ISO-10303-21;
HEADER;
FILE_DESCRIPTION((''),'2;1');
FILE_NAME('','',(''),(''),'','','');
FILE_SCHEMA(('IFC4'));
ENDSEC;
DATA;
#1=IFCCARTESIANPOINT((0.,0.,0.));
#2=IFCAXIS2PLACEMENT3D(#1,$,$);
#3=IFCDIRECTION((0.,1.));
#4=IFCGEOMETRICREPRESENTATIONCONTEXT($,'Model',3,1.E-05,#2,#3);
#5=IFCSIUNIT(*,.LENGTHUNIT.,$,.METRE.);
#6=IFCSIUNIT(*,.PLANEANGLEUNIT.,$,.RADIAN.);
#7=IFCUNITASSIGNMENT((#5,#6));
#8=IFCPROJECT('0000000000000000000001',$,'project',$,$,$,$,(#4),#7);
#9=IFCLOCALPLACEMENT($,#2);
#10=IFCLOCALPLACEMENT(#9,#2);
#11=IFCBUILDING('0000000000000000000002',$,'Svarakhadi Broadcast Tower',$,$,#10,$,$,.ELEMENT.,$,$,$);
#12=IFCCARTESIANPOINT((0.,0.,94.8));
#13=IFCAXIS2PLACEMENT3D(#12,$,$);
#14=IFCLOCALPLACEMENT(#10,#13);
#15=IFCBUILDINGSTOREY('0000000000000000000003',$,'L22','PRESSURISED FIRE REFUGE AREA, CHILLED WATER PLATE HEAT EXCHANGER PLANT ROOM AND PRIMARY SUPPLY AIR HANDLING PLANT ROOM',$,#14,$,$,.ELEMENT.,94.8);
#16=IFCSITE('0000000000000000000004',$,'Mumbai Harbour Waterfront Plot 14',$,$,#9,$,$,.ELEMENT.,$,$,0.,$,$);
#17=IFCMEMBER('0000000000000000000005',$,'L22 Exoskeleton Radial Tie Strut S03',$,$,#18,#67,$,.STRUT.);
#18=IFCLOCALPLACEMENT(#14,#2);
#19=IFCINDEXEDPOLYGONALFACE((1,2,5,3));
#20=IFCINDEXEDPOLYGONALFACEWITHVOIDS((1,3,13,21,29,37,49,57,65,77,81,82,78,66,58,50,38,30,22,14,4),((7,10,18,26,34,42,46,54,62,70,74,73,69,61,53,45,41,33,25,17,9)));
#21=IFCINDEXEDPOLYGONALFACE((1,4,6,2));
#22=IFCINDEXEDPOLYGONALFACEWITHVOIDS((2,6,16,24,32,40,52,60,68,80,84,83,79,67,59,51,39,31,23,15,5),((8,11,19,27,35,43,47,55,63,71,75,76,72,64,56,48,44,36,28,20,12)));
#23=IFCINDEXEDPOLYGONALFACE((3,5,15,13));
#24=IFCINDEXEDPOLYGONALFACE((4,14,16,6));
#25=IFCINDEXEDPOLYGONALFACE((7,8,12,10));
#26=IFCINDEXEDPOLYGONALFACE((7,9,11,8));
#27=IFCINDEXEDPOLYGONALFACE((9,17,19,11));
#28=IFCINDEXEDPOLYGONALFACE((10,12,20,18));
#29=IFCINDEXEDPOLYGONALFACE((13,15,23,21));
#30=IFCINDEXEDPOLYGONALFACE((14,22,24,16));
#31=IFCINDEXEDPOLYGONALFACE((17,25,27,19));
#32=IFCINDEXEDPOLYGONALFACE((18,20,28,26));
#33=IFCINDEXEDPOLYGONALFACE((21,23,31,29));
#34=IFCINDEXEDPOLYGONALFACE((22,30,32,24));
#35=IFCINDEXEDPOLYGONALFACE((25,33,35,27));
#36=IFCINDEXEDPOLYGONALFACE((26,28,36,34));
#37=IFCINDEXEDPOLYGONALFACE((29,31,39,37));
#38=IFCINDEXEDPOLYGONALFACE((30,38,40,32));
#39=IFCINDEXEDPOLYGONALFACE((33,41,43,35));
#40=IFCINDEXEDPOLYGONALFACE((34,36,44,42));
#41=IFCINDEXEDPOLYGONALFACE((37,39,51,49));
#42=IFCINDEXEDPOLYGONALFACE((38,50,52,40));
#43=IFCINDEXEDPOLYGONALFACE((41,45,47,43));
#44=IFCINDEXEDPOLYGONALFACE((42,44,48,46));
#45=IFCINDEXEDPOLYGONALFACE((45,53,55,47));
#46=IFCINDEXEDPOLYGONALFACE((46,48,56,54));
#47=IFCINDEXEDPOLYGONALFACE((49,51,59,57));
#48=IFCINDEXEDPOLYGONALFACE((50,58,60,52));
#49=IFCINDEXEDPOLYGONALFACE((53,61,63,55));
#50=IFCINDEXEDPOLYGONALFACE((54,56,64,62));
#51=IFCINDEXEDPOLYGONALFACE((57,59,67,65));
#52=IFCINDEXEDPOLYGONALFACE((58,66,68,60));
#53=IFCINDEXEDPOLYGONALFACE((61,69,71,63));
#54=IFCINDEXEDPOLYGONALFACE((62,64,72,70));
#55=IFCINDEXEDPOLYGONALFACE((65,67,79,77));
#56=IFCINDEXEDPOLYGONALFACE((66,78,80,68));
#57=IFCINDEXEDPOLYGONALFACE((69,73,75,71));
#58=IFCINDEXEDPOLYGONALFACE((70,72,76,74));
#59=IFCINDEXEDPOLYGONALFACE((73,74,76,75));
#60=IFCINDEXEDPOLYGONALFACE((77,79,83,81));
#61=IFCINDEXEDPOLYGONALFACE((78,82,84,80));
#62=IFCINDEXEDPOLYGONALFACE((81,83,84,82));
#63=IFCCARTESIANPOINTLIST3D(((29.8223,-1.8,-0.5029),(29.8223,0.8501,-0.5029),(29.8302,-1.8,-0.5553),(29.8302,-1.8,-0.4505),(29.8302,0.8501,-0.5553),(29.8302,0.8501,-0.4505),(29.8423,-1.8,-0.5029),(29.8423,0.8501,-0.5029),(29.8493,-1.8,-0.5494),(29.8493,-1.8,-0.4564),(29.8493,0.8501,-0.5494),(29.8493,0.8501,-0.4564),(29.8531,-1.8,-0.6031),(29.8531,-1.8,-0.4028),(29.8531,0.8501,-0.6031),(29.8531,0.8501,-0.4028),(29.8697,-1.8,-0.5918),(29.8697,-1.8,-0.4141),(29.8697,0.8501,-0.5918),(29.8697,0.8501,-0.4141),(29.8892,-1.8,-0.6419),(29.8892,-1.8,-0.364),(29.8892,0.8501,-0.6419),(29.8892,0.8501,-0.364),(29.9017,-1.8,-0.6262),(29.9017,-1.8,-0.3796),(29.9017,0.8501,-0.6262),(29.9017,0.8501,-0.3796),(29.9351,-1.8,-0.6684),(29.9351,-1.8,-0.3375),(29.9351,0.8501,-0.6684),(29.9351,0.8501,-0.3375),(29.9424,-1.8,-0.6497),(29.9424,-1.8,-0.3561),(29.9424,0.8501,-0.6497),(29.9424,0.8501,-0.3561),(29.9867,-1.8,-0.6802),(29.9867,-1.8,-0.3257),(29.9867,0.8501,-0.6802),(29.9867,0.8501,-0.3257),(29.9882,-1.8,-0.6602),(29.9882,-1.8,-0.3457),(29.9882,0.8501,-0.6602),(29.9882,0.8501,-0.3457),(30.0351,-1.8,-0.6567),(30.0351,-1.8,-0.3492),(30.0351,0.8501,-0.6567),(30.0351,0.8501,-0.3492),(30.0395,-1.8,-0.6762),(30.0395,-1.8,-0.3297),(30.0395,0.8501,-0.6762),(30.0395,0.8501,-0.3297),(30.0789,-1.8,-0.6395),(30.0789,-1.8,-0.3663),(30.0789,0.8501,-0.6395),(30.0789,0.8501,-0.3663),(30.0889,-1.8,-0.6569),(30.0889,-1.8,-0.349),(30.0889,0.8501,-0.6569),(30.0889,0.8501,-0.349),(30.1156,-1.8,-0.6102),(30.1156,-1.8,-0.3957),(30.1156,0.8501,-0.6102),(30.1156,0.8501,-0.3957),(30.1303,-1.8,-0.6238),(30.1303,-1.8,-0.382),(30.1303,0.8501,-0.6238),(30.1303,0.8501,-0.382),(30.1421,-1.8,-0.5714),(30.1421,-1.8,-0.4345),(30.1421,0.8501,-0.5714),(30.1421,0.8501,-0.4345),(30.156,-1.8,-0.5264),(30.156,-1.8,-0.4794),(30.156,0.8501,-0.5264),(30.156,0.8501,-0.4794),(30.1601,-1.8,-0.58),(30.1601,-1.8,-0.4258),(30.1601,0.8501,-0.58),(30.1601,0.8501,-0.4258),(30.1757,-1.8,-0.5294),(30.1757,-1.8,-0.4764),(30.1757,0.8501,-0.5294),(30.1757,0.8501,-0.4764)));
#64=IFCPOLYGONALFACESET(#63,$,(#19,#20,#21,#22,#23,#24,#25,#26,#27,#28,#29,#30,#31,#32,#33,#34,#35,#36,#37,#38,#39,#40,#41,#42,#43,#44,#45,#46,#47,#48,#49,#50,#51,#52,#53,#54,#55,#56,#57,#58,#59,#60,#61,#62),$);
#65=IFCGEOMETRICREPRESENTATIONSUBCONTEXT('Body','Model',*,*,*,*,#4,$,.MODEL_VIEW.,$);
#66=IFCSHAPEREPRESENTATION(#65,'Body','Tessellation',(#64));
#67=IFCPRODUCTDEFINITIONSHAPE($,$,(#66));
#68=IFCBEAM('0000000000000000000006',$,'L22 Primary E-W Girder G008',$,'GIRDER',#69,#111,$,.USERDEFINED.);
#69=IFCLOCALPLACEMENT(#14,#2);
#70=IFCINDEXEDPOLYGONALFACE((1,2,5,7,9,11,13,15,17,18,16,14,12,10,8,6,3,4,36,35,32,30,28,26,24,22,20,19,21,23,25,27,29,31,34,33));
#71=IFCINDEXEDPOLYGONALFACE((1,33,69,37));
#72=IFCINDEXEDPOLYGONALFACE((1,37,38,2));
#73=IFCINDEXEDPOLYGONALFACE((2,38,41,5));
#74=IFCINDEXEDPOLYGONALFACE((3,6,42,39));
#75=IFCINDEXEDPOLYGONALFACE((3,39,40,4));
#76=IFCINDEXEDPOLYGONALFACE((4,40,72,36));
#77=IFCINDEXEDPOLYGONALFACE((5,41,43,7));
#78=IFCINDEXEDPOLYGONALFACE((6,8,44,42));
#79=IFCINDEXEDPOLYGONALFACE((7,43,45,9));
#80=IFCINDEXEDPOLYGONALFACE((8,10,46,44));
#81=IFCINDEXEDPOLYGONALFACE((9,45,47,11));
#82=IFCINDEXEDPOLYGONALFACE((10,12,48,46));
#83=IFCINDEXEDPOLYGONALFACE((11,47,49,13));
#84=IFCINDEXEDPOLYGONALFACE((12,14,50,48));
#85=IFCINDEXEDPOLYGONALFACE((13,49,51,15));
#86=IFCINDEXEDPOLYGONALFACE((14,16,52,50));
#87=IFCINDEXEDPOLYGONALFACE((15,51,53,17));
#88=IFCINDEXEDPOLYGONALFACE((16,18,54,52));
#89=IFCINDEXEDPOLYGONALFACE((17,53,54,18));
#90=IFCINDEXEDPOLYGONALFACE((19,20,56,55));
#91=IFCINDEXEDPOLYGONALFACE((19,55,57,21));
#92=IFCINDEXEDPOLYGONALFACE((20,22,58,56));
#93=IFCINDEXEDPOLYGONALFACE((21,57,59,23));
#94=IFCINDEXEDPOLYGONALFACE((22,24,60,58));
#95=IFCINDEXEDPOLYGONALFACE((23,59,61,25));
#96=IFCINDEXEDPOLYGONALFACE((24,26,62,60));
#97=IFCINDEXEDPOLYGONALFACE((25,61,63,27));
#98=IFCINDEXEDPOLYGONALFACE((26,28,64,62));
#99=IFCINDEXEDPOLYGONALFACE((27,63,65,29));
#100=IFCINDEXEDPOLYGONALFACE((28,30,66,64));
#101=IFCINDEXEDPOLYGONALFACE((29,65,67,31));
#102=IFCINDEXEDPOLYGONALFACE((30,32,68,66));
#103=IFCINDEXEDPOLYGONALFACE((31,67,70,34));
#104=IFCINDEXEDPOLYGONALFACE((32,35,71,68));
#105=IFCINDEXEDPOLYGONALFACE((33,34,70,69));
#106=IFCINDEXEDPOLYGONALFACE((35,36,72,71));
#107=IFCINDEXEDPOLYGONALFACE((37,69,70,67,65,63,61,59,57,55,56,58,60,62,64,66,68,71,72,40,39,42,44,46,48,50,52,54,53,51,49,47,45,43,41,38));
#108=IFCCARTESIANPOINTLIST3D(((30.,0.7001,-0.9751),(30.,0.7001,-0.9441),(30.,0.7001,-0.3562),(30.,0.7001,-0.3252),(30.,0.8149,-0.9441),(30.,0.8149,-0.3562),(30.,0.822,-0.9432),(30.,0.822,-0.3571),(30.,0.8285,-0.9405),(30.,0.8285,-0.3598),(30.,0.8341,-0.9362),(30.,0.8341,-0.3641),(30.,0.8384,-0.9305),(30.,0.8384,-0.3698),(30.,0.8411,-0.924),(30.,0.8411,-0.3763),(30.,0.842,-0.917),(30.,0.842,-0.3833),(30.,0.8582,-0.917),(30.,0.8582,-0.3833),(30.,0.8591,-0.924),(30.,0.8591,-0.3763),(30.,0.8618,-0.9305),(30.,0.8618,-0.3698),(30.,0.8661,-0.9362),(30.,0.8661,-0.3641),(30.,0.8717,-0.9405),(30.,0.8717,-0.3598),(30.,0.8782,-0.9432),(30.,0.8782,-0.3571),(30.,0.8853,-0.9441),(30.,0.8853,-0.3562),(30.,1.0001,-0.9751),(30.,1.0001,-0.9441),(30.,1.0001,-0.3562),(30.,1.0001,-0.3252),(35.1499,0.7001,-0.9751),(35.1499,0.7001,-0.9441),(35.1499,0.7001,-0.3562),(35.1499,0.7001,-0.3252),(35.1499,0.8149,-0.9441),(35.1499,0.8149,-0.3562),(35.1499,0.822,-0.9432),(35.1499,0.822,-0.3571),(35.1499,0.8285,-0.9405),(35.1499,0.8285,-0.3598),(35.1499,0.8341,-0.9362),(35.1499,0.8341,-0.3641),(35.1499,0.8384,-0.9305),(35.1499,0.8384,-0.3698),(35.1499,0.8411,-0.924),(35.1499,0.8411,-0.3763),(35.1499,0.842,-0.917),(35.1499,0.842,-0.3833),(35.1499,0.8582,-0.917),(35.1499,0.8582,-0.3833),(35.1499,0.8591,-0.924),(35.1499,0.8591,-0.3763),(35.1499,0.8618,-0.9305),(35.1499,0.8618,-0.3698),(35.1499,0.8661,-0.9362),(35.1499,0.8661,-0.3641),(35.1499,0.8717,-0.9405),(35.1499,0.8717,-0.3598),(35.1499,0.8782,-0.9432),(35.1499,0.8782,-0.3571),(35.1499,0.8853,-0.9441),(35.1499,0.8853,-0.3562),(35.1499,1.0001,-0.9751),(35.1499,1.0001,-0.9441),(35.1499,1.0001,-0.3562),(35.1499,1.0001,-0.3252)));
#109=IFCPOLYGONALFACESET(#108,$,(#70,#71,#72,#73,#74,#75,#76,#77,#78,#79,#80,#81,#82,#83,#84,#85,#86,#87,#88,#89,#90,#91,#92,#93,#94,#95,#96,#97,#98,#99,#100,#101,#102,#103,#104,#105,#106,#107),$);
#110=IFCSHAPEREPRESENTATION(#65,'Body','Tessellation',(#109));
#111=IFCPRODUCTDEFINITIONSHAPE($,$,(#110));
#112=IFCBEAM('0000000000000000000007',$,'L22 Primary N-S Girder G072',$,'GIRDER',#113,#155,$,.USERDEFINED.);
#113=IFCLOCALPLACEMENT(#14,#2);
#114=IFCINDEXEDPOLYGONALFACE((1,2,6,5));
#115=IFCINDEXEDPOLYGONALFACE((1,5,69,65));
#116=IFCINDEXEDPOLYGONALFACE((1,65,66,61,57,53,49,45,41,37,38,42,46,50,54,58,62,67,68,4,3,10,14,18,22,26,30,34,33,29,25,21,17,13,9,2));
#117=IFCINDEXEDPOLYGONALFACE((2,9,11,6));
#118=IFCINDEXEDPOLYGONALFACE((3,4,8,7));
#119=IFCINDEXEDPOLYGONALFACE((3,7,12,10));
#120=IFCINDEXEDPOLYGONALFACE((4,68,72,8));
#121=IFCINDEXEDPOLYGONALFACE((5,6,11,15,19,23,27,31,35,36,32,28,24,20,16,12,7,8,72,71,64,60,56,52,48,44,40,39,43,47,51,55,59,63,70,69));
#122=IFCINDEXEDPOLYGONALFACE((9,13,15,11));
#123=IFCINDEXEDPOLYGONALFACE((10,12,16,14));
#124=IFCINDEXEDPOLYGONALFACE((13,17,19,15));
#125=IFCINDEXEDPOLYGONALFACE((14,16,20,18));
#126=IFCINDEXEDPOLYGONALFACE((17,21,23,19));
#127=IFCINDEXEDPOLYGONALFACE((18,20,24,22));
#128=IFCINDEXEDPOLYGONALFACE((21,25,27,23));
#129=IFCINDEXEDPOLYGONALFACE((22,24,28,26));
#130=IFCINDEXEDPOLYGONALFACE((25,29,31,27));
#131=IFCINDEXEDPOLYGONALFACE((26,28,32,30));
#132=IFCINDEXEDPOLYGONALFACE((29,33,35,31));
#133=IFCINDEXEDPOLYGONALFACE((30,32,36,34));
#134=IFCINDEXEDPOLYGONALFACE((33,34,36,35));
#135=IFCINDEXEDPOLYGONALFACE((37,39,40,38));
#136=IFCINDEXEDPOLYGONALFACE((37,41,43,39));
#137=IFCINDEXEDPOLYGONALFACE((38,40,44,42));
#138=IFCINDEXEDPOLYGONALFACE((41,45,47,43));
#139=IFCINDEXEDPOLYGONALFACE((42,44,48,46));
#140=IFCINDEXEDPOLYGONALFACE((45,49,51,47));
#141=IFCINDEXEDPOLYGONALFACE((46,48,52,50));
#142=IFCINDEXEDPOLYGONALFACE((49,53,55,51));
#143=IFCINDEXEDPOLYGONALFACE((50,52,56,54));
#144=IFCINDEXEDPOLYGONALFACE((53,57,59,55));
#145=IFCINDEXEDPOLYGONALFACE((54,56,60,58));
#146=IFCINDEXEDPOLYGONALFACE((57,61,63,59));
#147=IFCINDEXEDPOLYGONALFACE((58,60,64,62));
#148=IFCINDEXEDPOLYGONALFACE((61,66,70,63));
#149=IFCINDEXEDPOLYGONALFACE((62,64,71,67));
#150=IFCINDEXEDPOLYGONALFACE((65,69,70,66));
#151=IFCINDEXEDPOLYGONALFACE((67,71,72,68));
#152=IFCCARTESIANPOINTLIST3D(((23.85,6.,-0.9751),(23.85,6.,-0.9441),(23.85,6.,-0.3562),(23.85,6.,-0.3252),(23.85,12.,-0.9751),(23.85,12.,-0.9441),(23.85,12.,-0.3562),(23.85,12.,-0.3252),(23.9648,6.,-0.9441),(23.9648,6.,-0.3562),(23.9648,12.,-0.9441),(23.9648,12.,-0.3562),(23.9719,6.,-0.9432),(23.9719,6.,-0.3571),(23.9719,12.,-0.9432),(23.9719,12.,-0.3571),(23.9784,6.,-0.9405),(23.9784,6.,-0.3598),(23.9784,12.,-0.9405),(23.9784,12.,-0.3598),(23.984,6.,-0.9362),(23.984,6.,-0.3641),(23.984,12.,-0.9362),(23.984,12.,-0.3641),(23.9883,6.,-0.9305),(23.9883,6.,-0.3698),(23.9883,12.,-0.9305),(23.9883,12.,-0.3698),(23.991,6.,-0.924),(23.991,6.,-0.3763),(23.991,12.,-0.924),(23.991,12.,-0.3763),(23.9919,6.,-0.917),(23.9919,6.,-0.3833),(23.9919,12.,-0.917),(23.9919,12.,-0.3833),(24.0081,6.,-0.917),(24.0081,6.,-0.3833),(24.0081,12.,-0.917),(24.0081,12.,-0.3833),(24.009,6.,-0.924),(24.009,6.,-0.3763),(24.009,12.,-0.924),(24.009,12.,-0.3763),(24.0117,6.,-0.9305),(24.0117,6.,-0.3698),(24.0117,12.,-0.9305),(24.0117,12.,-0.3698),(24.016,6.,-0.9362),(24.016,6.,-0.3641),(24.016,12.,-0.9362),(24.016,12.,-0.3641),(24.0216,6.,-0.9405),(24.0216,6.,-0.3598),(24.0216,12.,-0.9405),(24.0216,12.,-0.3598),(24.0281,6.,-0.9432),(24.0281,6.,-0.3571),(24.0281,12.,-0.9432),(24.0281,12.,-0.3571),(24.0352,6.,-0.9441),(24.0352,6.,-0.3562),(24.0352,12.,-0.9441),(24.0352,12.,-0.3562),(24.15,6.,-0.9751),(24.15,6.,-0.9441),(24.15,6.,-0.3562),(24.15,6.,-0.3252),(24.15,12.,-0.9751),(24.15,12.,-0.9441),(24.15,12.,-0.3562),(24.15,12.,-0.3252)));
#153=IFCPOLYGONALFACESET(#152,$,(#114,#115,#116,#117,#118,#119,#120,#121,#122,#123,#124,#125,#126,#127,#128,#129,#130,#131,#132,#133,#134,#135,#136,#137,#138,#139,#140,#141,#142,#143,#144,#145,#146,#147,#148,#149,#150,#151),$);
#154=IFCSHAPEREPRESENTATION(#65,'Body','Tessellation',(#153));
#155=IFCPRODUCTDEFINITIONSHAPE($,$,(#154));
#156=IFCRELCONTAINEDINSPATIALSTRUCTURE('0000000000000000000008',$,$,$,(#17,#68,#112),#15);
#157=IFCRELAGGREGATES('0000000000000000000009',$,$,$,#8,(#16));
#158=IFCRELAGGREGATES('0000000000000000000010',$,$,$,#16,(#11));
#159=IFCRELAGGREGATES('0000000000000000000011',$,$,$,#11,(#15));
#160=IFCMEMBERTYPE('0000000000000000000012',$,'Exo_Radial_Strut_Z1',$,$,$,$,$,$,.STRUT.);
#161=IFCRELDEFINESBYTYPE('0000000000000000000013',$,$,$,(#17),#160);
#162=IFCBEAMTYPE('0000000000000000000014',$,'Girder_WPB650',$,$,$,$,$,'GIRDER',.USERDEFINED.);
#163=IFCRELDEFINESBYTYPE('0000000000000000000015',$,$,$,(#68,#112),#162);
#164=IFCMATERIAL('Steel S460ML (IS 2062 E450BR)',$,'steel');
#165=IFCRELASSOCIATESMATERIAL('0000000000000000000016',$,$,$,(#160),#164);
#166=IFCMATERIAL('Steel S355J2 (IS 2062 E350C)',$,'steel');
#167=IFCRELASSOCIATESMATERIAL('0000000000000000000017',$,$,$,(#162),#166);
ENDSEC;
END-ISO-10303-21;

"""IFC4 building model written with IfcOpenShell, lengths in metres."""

from ifc_helpers import new_model, si_unit, direction, frame, origin, origin_2d, place, context, subcontext, project, spatial, hollow_circle, i_section, extrude, material, material_profile, profile_set, type_object, element, save


model = new_model("IFC4")

# Units and contexts
model_context = context("Model", 3, precision=1e-05, world=origin(), true_north=direction((0.0, 1.0)))
body_context = subcontext(model_context, "Body", "Model", "MODEL_VIEW")
ifc_project = project(units=[si_unit("LENGTHUNIT", "METRE"), si_unit("PLANEANGLEUNIT", "RADIAN")], contexts=[model_context])

# Site, building, storey
site_placement = place(None, origin())
site = spatial("IfcSite", under=ifc_project, at=site_placement, Name="Mumbai Harbour Waterfront Plot 14", CompositionType="ELEMENT", RefElevation=0.0)
building_placement = place(site_placement, origin())
building = spatial("IfcBuilding", under=site, at=building_placement, Name="Svarakhadi Broadcast Tower", CompositionType="ELEMENT")
storey_placement = place(building_placement, frame((0.0, 0.0, 94.8)))
storey = spatial("IfcBuildingStorey", under=building, at=storey_placement, Name="L22", Description="PRESSURISED FIRE REFUGE AREA, CHILLED WATER PLATE HEAT EXCHANGER PLANT ROOM AND PRIMARY SUPPLY AIR HANDLING PLANT ROOM", CompositionType="ELEMENT", Elevation=94.8)

# Member
ifc_material_1 = material(Name="Steel S460ML (IS 2062 E450BR)", Category="steel")
ifc_material_profile_1 = material_profile(ifc_material_1, hollow_circle(Radius=0.1777, WallThickness=0.02, at=origin_2d()), Name="CHS 355.6x20")
ifc_profile_set_1 = profile_set([ifc_material_profile_1], Name="Steel S460ML (IS 2062 E450BR)")
member_type_1 = type_object("IfcMemberType", Name="Exo_Radial_Strut_Z1", PredefinedType="STRUT", material=ifc_profile_set_1)
member_1_placement = place(storey_placement, frame((30.0, -1.8, -0.5029), z_axis=(0.0, 1.0, 0.0), x_axis=(-1.0, 0.0, 0.0)))
element("IfcMember", 1, at=member_1_placement, inside=storey, type_object=member_type_1, Name="L22 Exoskeleton Radial Tie Strut S03", PredefinedType="STRUT", context=body_context, shape_type="SweptSolid", body=[
    extrude(hollow_circle(Radius=0.1777, WallThickness=0.02, at=origin_2d()), origin(), (0.0, 0.0, 1.0), 2.6501),
])

# Beams
ifc_material_2 = material(Name="Steel S355J2 (IS 2062 E350C)", Category="steel")
ifc_material_profile_2 = material_profile(ifc_material_2, i_section(OverallWidth=0.3, OverallDepth=0.6499, WebThickness=0.0161, FlangeThickness=0.031, FilletRadius=0.0271, at=origin_2d()), Name="WPB 650x300x225")
ifc_profile_set_2 = profile_set([ifc_material_profile_2], Name="Steel S355J2 (IS 2062 E350C)")
beam_type_1 = type_object("IfcBeamType", Name="Girder_WPB650", ElementType="GIRDER", PredefinedType="USERDEFINED", material=ifc_profile_set_2)
beam_1_placement = place(storey_placement, frame((30.0, 0.8501, -0.6501), z_axis=(1.0, 0.0, 0.0), x_axis=(0.0, 1.0, 0.0)))
element("IfcBeam", 2, at=beam_1_placement, inside=storey, type_object=beam_type_1, Name="L22 Primary E-W Girder G008", ObjectType="GIRDER", PredefinedType="USERDEFINED", context=body_context, shape_type="SweptSolid", body=[
    extrude(i_section(OverallWidth=0.3, OverallDepth=0.6499, WebThickness=0.0161, FlangeThickness=0.031, FilletRadius=0.0271, at=origin_2d()), origin(), (0.0, 0.0, 1.0), 5.1499),
])
beam_2_placement = place(storey_placement, frame((24.0, 6.0, -0.6501), z_axis=(0.0, 1.0, 0.0), x_axis=(-1.0, 0.0, 0.0)))
element("IfcBeam", 3, at=beam_2_placement, inside=storey, type_object=beam_type_1, Name="L22 Primary N-S Girder G072", ObjectType="GIRDER", PredefinedType="USERDEFINED", context=body_context, shape_type="SweptSolid", body=[
    extrude(i_section(OverallWidth=0.3, OverallDepth=0.6499, WebThickness=0.0161, FlangeThickness=0.031, FilletRadius=0.0271, at=origin_2d()), origin(), (0.0, 0.0, 1.0), 6.0),
])

save(model, "model.ifc")
